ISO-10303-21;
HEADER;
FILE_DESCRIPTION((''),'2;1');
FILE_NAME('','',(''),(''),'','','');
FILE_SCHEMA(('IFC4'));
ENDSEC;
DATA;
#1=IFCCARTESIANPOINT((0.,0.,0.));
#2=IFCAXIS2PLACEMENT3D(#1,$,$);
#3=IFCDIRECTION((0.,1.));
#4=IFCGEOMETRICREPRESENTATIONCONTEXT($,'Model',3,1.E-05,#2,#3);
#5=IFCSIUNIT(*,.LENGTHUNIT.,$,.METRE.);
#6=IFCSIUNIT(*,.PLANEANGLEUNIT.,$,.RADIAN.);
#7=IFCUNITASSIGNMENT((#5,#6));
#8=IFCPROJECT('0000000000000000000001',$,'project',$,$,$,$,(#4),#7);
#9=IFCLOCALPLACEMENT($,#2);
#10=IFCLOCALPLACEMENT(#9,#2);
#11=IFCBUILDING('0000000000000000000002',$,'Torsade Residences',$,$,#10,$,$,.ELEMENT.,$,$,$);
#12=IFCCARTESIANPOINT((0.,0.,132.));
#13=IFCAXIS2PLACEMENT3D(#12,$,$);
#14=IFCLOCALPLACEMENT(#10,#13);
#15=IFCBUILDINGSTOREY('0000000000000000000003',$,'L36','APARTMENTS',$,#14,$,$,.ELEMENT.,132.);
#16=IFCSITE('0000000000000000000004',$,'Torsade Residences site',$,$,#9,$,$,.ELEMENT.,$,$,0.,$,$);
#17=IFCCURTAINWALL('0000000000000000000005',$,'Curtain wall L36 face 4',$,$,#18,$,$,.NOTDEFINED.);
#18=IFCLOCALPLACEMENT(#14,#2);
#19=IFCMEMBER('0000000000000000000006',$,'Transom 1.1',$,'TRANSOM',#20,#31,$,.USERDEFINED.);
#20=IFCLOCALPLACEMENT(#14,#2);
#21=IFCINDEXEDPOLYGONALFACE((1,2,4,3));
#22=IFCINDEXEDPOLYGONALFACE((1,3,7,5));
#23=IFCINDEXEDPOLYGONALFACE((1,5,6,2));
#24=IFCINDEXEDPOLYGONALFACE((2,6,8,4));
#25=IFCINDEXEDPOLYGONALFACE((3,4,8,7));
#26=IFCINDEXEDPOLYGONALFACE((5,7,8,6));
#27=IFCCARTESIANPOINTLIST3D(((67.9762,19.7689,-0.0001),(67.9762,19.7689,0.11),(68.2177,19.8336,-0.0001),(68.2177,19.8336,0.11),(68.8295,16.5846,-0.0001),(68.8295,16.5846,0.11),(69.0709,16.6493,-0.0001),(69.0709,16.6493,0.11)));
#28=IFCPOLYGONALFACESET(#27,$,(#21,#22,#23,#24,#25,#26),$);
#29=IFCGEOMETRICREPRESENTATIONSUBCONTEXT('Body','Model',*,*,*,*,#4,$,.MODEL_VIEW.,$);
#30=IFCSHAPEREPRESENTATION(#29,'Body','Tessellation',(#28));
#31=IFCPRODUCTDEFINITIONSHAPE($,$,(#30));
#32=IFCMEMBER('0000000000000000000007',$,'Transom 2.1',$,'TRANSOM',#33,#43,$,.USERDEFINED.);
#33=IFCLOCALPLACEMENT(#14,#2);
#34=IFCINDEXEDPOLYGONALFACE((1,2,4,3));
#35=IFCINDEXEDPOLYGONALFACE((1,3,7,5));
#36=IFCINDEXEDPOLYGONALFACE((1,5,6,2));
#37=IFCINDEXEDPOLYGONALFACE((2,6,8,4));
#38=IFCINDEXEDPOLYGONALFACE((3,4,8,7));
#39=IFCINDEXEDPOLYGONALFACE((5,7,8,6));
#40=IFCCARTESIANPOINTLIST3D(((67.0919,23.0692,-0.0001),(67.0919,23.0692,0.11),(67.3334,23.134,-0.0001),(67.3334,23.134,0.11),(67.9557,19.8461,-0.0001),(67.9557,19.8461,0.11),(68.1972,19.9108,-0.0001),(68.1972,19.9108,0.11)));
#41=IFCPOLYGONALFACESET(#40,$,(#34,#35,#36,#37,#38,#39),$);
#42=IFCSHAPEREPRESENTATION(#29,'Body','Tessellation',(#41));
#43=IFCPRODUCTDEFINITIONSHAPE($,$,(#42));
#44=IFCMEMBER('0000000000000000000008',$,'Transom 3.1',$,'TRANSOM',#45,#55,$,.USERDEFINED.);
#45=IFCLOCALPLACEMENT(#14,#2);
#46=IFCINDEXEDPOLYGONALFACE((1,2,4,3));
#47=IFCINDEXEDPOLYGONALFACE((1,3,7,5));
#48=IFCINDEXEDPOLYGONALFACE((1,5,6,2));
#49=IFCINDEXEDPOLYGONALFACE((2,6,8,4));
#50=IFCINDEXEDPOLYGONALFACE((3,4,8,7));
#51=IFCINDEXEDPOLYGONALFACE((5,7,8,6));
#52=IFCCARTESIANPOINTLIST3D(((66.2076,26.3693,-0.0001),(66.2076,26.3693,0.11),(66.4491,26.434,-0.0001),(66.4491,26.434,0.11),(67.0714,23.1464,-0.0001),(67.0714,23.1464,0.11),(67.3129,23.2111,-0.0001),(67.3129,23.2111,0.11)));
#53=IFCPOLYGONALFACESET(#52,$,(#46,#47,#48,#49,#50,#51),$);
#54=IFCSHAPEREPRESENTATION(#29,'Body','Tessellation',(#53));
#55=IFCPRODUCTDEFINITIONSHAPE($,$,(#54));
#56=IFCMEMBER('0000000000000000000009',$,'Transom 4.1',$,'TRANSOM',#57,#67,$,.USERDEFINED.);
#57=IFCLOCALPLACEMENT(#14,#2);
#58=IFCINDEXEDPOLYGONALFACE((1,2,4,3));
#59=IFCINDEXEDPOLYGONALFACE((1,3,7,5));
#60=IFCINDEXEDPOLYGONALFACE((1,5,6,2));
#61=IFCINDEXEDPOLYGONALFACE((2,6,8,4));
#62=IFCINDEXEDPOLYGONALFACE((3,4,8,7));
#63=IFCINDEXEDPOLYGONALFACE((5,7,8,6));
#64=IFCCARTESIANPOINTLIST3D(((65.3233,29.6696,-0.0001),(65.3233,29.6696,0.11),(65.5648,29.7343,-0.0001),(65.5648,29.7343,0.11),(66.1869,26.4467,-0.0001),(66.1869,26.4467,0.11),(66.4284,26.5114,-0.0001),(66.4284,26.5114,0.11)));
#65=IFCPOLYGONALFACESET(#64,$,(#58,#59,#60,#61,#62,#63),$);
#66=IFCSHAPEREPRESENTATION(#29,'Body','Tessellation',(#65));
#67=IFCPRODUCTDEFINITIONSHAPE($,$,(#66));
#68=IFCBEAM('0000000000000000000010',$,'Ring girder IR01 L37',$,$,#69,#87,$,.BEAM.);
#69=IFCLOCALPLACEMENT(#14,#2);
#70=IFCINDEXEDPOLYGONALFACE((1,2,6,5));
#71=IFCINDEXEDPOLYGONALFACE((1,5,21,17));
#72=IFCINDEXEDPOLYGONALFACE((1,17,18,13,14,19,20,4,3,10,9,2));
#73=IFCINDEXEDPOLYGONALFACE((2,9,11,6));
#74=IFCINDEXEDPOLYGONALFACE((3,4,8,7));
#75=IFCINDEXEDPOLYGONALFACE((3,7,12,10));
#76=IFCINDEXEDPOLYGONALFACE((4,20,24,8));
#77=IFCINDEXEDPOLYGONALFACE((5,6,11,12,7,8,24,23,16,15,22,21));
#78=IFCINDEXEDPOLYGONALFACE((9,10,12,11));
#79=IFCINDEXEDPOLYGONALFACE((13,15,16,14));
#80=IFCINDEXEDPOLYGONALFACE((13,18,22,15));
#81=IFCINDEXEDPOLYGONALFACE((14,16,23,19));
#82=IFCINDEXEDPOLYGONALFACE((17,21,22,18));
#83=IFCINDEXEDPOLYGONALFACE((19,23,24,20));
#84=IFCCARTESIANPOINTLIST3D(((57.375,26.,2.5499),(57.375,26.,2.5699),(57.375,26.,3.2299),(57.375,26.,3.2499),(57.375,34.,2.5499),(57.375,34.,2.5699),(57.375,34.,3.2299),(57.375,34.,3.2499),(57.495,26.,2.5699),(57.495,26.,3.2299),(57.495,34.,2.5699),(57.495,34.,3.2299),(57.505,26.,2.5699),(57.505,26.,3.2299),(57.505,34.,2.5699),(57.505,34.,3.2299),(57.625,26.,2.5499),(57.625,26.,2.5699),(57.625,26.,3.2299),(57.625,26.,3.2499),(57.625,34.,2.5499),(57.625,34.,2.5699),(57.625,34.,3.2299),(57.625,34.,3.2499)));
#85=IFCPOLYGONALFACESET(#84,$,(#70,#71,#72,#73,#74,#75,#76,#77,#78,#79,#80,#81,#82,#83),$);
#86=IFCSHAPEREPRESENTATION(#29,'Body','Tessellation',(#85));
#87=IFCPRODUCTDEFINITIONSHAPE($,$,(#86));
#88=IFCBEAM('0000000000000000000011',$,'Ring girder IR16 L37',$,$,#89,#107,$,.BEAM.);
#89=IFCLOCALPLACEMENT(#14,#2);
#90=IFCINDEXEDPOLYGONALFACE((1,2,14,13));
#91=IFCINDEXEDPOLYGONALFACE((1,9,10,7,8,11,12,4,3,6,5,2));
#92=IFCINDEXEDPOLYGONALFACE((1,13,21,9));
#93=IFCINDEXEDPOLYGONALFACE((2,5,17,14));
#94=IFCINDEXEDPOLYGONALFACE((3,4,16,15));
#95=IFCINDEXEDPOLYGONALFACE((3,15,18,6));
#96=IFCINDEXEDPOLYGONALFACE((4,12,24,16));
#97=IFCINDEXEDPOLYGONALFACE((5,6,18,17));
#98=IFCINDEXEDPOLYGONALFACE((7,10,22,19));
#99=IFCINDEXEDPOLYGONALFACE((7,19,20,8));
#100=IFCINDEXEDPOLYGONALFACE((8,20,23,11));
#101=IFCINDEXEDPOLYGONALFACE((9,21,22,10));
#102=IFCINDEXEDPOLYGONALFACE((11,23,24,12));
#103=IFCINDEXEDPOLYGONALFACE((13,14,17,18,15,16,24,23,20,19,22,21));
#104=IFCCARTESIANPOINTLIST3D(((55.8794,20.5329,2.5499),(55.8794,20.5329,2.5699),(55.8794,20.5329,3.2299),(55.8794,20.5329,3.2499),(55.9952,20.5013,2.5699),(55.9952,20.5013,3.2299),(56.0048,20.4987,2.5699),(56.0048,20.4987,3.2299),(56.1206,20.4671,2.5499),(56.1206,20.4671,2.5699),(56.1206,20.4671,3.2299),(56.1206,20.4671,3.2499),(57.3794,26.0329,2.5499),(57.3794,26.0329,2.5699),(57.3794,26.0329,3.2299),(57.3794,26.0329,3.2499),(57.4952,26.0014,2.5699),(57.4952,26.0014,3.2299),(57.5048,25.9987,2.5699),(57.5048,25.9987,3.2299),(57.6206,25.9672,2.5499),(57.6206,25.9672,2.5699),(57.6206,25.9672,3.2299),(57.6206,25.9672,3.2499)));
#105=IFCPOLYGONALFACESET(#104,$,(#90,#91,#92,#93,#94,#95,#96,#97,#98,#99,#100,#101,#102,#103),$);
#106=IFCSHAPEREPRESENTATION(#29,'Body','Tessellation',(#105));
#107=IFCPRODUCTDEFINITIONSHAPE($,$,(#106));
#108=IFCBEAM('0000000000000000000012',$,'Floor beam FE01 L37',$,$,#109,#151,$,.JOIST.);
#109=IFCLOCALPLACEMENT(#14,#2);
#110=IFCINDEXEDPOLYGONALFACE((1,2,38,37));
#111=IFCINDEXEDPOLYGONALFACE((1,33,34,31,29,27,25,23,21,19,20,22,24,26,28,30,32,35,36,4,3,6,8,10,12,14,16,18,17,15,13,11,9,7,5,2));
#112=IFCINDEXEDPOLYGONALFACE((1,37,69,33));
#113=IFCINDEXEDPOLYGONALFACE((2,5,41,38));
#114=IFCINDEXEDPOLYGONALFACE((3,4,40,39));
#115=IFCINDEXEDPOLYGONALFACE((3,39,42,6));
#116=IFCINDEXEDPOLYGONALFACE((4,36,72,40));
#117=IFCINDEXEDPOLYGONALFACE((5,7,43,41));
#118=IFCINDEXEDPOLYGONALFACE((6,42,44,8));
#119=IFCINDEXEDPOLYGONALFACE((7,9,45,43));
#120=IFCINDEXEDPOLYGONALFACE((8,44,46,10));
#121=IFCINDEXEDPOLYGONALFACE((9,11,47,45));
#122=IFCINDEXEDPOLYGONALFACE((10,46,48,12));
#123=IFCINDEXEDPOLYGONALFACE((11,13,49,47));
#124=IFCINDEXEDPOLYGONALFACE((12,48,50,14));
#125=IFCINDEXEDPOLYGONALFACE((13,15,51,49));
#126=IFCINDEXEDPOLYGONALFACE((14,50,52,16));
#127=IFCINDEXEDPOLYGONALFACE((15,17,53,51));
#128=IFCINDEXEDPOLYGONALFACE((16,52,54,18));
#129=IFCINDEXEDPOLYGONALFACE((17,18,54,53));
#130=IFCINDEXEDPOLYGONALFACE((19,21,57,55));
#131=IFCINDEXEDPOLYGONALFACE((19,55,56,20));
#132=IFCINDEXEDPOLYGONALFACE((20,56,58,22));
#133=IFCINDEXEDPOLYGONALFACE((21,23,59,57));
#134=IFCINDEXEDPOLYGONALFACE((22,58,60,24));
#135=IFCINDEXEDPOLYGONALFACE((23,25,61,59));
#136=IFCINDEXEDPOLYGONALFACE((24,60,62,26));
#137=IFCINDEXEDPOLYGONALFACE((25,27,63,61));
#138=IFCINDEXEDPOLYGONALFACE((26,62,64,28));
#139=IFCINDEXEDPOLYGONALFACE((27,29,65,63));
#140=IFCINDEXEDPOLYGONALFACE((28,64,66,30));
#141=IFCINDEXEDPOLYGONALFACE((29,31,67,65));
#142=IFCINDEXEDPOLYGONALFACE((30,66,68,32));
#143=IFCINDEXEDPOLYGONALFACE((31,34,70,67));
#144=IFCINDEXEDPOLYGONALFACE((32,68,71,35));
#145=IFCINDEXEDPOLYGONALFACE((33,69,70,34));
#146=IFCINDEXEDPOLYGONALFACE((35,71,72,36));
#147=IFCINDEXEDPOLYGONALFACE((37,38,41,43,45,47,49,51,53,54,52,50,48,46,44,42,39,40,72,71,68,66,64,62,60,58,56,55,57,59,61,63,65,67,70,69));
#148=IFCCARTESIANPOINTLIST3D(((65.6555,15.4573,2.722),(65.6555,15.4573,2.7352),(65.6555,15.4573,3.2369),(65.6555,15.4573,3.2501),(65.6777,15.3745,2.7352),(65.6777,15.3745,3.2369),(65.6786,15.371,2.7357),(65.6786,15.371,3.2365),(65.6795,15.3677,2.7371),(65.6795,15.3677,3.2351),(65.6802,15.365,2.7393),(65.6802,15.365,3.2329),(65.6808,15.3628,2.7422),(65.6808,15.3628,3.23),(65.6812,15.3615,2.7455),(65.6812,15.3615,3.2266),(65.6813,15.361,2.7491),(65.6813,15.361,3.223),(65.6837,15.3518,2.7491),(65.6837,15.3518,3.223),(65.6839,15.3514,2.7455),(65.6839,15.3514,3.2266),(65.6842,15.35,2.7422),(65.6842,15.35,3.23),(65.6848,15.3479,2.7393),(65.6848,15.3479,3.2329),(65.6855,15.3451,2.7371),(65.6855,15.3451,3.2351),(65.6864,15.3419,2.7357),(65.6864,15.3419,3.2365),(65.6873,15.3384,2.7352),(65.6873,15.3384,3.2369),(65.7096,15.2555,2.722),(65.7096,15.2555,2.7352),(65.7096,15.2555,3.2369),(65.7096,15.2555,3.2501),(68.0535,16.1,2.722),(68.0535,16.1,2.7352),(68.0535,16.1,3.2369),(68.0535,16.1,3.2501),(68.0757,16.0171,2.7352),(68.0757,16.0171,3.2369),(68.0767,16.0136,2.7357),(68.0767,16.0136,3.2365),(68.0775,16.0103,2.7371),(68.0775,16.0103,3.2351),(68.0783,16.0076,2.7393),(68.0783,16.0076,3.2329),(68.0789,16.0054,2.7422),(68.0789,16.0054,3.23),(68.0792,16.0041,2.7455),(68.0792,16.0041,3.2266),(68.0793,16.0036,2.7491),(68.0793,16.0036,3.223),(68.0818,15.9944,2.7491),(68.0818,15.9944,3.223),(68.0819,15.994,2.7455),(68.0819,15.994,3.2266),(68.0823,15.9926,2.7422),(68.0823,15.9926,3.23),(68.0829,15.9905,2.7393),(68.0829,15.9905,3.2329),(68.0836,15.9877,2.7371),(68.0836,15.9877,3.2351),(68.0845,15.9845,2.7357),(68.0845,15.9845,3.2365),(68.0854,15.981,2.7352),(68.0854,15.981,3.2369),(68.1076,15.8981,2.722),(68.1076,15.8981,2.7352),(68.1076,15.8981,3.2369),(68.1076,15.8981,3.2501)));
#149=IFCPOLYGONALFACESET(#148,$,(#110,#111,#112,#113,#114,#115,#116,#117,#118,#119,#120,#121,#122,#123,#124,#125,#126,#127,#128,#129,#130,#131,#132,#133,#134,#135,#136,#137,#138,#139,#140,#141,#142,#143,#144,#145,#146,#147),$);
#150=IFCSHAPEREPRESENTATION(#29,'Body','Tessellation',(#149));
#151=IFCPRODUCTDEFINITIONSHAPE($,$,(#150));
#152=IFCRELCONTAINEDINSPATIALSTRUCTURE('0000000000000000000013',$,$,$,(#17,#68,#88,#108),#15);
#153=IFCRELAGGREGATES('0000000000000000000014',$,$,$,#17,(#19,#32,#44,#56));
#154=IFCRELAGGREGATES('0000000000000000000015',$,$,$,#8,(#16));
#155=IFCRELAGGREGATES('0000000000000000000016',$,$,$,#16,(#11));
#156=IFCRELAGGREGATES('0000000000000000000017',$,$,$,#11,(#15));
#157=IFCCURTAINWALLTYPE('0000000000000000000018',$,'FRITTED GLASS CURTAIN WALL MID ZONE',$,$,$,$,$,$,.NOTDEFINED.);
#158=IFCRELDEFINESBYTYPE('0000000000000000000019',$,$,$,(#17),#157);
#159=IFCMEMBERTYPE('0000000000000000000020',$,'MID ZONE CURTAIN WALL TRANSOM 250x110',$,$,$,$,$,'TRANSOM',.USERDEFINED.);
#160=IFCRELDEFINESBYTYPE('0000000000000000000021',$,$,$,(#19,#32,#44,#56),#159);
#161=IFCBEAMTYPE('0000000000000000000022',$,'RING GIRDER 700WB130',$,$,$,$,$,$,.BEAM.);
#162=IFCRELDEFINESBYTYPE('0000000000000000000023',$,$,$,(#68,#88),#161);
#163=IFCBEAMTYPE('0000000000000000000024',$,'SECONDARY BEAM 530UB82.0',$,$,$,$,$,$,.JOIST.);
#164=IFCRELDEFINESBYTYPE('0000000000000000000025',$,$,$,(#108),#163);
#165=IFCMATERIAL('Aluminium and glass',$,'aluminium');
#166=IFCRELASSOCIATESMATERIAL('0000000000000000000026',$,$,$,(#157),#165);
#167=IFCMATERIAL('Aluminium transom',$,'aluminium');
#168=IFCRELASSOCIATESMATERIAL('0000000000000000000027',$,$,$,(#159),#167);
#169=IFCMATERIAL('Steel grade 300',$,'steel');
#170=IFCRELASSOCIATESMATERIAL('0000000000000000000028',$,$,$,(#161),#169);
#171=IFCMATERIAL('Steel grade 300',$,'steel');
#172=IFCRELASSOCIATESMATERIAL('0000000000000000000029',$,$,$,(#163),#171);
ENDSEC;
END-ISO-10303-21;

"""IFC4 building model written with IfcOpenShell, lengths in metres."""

from ifc_helpers import new_model, si_unit, direction, frame, origin, origin_2d, place, context, subcontext, project, spatial, rectangle, i_section, extrude, material, material_profile, profile_set, type_object, element, aggregate, save


model = new_model("IFC4")

# Units and contexts
model_context = context("Model", 3, precision=1e-05, world=origin(), true_north=direction((0.0, 1.0)))
body_context = subcontext(model_context, "Body", "Model", "MODEL_VIEW")
ifc_project = project(units=[si_unit("LENGTHUNIT", "METRE"), si_unit("PLANEANGLEUNIT", "RADIAN")], contexts=[model_context])

# Site, building, storey
site_placement = place(None, origin())
site = spatial("IfcSite", under=ifc_project, at=site_placement, Name="Torsade Residences site", CompositionType="ELEMENT", RefElevation=0.0)
building_placement = place(site_placement, origin())
building = spatial("IfcBuilding", under=site, at=building_placement, Name="Torsade Residences", CompositionType="ELEMENT")
storey_placement = place(building_placement, frame((0.0, 0.0, 132.0)))
storey = spatial("IfcBuildingStorey", under=building, at=storey_placement, Name="L36", Description="APARTMENTS", CompositionType="ELEMENT", Elevation=132.0)

# Curtain wall, members
ifc_material_1 = material(Name="Aluminium and glass", Category="aluminium")
curtain_wall_type = type_object("IfcCurtainWallType", Name="FRITTED GLASS CURTAIN WALL MID ZONE", PredefinedType="NOTDEFINED", material=ifc_material_1)
curtain_wall_placement = place(storey_placement, origin())
curtain_wall = element("IfcCurtainWall", 1, at=curtain_wall_placement, inside=storey, type_object=curtain_wall_type, Name="Curtain wall L36 face 4", PredefinedType="NOTDEFINED")
ifc_material_2 = material(Name="Aluminium transom", Category="aluminium")
ifc_material_profile_1 = material_profile(ifc_material_2, rectangle(XDim=0.25, YDim=0.1101, at=origin_2d()), Name="MID ZONE CURTAIN WALL TRANSOM 250x110")
ifc_profile_set_1 = profile_set([ifc_material_profile_1], Name="Aluminium transom")
member_type_1 = type_object("IfcMemberType", Name="MID ZONE CURTAIN WALL TRANSOM 250x110", ElementType="TRANSOM", PredefinedType="USERDEFINED", material=ifc_profile_set_1)
member_1_placement = place(storey_placement, frame((68.9502, 16.6169, 0.0549), z_axis=(-0.258829, 0.965923, 0.0), x_axis=(-0.965923, -0.258829, 0.0)))
member_1 = element("IfcMember", 2, at=member_1_placement, type_object=member_type_1, Name="Transom 1.1", ObjectType="TRANSOM", PredefinedType="USERDEFINED", context=body_context, shape_type="SweptSolid", body=[
    extrude(rectangle(XDim=0.25, YDim=0.1101, at=origin_2d()), origin(), (0.0, 0.0, 1.0), 3.2966),
])
member_2_placement = place(storey_placement, frame((68.0764, 19.8784, 0.0549), z_axis=(-0.258856, 0.965916, 0.0), x_axis=(-0.965916, -0.258856, 0.0)))
member_2 = element("IfcMember", 3, at=member_2_placement, type_object=member_type_1, Name="Transom 2.1", ObjectType="TRANSOM", PredefinedType="USERDEFINED", context=body_context, shape_type="SweptSolid", body=[
    extrude(rectangle(XDim=0.25, YDim=0.1101, at=origin_2d()), origin(), (0.0, 0.0, 1.0), 3.3369),
])
member_3_placement = place(storey_placement, frame((67.1921, 23.1787, 0.0549), z_axis=(-0.258874, 0.965911, 0.0), x_axis=(-0.965911, -0.258874, 0.0)))
member_3 = element("IfcMember", 4, at=member_3_placement, type_object=member_type_1, Name="Transom 3.1", ObjectType="TRANSOM", PredefinedType="USERDEFINED", context=body_context, shape_type="SweptSolid", body=[
    extrude(rectangle(XDim=0.25, YDim=0.1101, at=origin_2d()), origin(), (0.0, 0.0, 1.0), 3.3367),
])
member_4_placement = place(storey_placement, frame((66.3076, 26.479, 0.0549), z_axis=(-0.258806, 0.965929, 0.0), x_axis=(-0.965929, -0.258806, 0.0)))
member_4 = element("IfcMember", 5, at=member_4_placement, type_object=member_type_1, Name="Transom 4.1", ObjectType="TRANSOM", PredefinedType="USERDEFINED", context=body_context, shape_type="SweptSolid", body=[
    extrude(rectangle(XDim=0.25, YDim=0.1101, at=origin_2d()), origin(), (0.0, 0.0, 1.0), 3.3367),
])

# Beams
ifc_material_3 = material(Name="Steel grade 300", Category="steel")
ifc_material_profile_2 = material_profile(ifc_material_3, i_section(OverallWidth=0.25, OverallDepth=0.7, WebThickness=0.01, FlangeThickness=0.02, at=origin_2d()), Name="700WB130")
ifc_profile_set_2 = profile_set([ifc_material_profile_2], Name="Steel grade 300")
beam_type_1 = type_object("IfcBeamType", Name="RING GIRDER 700WB130", PredefinedType="BEAM", material=ifc_profile_set_2)
beam_1_placement = place(storey_placement, frame((57.5, 26.0, 2.8999), z_axis=(0.0, 1.0, 0.0), x_axis=(-1.0, 0.0, 0.0)))
element("IfcBeam", 6, at=beam_1_placement, inside=storey, type_object=beam_type_1, Name="Ring girder IR01 L37", PredefinedType="BEAM", context=body_context, shape_type="SweptSolid", body=[
    extrude(i_section(OverallWidth=0.25, OverallDepth=0.7, WebThickness=0.01, FlangeThickness=0.02, at=origin_2d()), origin(), (0.0, 0.0, 1.0), 8.0),
])
beam_2_placement = place(storey_placement, frame((56.0, 20.5, 2.8999), z_axis=(0.263117, 0.964764, 0.0), x_axis=(-0.964764, 0.263117, 0.0)))
element("IfcBeam", 7, at=beam_2_placement, inside=storey, type_object=beam_type_1, Name="Ring girder IR16 L37", PredefinedType="BEAM", context=body_context, shape_type="SweptSolid", body=[
    extrude(i_section(OverallWidth=0.25, OverallDepth=0.7, WebThickness=0.01, FlangeThickness=0.02, at=origin_2d()), origin(), (0.0, 0.0, 1.0), 5.7009),
])
ifc_material_4 = material(Name="Steel grade 300", Category="steel")
ifc_material_profile_3 = material_profile(ifc_material_4, i_section(OverallWidth=0.209, OverallDepth=0.5281, WebThickness=0.0095, FlangeThickness=0.0132, FilletRadius=0.0139, at=origin_2d()), Name="530UB82.0")
ifc_profile_set_3 = profile_set([ifc_material_profile_3], Name="Steel grade 300")
beam_type_2 = type_object("IfcBeamType", Name="SECONDARY BEAM 530UB82.0", PredefinedType="JOIST", material=ifc_profile_set_3)
beam_3_placement = place(storey_placement, frame((68.0806, 15.999, 2.9861), z_axis=(-0.965921, -0.258838, 0.0), x_axis=(0.258838, -0.965921, 0.0)))
element("IfcBeam", 8, at=beam_3_placement, inside=storey, type_object=beam_type_2, Name="Floor beam FE01 L37", PredefinedType="JOIST", context=body_context, shape_type="SweptSolid", body=[
    extrude(i_section(OverallWidth=0.209, OverallDepth=0.5281, WebThickness=0.0095, FlangeThickness=0.0132, FilletRadius=0.0139, at=origin_2d()), origin(), (0.0, 0.0, 1.0), 2.4827),
])

aggregate(curtain_wall, [member_1, member_2, member_3, member_4])

save(model, "model.ifc")
